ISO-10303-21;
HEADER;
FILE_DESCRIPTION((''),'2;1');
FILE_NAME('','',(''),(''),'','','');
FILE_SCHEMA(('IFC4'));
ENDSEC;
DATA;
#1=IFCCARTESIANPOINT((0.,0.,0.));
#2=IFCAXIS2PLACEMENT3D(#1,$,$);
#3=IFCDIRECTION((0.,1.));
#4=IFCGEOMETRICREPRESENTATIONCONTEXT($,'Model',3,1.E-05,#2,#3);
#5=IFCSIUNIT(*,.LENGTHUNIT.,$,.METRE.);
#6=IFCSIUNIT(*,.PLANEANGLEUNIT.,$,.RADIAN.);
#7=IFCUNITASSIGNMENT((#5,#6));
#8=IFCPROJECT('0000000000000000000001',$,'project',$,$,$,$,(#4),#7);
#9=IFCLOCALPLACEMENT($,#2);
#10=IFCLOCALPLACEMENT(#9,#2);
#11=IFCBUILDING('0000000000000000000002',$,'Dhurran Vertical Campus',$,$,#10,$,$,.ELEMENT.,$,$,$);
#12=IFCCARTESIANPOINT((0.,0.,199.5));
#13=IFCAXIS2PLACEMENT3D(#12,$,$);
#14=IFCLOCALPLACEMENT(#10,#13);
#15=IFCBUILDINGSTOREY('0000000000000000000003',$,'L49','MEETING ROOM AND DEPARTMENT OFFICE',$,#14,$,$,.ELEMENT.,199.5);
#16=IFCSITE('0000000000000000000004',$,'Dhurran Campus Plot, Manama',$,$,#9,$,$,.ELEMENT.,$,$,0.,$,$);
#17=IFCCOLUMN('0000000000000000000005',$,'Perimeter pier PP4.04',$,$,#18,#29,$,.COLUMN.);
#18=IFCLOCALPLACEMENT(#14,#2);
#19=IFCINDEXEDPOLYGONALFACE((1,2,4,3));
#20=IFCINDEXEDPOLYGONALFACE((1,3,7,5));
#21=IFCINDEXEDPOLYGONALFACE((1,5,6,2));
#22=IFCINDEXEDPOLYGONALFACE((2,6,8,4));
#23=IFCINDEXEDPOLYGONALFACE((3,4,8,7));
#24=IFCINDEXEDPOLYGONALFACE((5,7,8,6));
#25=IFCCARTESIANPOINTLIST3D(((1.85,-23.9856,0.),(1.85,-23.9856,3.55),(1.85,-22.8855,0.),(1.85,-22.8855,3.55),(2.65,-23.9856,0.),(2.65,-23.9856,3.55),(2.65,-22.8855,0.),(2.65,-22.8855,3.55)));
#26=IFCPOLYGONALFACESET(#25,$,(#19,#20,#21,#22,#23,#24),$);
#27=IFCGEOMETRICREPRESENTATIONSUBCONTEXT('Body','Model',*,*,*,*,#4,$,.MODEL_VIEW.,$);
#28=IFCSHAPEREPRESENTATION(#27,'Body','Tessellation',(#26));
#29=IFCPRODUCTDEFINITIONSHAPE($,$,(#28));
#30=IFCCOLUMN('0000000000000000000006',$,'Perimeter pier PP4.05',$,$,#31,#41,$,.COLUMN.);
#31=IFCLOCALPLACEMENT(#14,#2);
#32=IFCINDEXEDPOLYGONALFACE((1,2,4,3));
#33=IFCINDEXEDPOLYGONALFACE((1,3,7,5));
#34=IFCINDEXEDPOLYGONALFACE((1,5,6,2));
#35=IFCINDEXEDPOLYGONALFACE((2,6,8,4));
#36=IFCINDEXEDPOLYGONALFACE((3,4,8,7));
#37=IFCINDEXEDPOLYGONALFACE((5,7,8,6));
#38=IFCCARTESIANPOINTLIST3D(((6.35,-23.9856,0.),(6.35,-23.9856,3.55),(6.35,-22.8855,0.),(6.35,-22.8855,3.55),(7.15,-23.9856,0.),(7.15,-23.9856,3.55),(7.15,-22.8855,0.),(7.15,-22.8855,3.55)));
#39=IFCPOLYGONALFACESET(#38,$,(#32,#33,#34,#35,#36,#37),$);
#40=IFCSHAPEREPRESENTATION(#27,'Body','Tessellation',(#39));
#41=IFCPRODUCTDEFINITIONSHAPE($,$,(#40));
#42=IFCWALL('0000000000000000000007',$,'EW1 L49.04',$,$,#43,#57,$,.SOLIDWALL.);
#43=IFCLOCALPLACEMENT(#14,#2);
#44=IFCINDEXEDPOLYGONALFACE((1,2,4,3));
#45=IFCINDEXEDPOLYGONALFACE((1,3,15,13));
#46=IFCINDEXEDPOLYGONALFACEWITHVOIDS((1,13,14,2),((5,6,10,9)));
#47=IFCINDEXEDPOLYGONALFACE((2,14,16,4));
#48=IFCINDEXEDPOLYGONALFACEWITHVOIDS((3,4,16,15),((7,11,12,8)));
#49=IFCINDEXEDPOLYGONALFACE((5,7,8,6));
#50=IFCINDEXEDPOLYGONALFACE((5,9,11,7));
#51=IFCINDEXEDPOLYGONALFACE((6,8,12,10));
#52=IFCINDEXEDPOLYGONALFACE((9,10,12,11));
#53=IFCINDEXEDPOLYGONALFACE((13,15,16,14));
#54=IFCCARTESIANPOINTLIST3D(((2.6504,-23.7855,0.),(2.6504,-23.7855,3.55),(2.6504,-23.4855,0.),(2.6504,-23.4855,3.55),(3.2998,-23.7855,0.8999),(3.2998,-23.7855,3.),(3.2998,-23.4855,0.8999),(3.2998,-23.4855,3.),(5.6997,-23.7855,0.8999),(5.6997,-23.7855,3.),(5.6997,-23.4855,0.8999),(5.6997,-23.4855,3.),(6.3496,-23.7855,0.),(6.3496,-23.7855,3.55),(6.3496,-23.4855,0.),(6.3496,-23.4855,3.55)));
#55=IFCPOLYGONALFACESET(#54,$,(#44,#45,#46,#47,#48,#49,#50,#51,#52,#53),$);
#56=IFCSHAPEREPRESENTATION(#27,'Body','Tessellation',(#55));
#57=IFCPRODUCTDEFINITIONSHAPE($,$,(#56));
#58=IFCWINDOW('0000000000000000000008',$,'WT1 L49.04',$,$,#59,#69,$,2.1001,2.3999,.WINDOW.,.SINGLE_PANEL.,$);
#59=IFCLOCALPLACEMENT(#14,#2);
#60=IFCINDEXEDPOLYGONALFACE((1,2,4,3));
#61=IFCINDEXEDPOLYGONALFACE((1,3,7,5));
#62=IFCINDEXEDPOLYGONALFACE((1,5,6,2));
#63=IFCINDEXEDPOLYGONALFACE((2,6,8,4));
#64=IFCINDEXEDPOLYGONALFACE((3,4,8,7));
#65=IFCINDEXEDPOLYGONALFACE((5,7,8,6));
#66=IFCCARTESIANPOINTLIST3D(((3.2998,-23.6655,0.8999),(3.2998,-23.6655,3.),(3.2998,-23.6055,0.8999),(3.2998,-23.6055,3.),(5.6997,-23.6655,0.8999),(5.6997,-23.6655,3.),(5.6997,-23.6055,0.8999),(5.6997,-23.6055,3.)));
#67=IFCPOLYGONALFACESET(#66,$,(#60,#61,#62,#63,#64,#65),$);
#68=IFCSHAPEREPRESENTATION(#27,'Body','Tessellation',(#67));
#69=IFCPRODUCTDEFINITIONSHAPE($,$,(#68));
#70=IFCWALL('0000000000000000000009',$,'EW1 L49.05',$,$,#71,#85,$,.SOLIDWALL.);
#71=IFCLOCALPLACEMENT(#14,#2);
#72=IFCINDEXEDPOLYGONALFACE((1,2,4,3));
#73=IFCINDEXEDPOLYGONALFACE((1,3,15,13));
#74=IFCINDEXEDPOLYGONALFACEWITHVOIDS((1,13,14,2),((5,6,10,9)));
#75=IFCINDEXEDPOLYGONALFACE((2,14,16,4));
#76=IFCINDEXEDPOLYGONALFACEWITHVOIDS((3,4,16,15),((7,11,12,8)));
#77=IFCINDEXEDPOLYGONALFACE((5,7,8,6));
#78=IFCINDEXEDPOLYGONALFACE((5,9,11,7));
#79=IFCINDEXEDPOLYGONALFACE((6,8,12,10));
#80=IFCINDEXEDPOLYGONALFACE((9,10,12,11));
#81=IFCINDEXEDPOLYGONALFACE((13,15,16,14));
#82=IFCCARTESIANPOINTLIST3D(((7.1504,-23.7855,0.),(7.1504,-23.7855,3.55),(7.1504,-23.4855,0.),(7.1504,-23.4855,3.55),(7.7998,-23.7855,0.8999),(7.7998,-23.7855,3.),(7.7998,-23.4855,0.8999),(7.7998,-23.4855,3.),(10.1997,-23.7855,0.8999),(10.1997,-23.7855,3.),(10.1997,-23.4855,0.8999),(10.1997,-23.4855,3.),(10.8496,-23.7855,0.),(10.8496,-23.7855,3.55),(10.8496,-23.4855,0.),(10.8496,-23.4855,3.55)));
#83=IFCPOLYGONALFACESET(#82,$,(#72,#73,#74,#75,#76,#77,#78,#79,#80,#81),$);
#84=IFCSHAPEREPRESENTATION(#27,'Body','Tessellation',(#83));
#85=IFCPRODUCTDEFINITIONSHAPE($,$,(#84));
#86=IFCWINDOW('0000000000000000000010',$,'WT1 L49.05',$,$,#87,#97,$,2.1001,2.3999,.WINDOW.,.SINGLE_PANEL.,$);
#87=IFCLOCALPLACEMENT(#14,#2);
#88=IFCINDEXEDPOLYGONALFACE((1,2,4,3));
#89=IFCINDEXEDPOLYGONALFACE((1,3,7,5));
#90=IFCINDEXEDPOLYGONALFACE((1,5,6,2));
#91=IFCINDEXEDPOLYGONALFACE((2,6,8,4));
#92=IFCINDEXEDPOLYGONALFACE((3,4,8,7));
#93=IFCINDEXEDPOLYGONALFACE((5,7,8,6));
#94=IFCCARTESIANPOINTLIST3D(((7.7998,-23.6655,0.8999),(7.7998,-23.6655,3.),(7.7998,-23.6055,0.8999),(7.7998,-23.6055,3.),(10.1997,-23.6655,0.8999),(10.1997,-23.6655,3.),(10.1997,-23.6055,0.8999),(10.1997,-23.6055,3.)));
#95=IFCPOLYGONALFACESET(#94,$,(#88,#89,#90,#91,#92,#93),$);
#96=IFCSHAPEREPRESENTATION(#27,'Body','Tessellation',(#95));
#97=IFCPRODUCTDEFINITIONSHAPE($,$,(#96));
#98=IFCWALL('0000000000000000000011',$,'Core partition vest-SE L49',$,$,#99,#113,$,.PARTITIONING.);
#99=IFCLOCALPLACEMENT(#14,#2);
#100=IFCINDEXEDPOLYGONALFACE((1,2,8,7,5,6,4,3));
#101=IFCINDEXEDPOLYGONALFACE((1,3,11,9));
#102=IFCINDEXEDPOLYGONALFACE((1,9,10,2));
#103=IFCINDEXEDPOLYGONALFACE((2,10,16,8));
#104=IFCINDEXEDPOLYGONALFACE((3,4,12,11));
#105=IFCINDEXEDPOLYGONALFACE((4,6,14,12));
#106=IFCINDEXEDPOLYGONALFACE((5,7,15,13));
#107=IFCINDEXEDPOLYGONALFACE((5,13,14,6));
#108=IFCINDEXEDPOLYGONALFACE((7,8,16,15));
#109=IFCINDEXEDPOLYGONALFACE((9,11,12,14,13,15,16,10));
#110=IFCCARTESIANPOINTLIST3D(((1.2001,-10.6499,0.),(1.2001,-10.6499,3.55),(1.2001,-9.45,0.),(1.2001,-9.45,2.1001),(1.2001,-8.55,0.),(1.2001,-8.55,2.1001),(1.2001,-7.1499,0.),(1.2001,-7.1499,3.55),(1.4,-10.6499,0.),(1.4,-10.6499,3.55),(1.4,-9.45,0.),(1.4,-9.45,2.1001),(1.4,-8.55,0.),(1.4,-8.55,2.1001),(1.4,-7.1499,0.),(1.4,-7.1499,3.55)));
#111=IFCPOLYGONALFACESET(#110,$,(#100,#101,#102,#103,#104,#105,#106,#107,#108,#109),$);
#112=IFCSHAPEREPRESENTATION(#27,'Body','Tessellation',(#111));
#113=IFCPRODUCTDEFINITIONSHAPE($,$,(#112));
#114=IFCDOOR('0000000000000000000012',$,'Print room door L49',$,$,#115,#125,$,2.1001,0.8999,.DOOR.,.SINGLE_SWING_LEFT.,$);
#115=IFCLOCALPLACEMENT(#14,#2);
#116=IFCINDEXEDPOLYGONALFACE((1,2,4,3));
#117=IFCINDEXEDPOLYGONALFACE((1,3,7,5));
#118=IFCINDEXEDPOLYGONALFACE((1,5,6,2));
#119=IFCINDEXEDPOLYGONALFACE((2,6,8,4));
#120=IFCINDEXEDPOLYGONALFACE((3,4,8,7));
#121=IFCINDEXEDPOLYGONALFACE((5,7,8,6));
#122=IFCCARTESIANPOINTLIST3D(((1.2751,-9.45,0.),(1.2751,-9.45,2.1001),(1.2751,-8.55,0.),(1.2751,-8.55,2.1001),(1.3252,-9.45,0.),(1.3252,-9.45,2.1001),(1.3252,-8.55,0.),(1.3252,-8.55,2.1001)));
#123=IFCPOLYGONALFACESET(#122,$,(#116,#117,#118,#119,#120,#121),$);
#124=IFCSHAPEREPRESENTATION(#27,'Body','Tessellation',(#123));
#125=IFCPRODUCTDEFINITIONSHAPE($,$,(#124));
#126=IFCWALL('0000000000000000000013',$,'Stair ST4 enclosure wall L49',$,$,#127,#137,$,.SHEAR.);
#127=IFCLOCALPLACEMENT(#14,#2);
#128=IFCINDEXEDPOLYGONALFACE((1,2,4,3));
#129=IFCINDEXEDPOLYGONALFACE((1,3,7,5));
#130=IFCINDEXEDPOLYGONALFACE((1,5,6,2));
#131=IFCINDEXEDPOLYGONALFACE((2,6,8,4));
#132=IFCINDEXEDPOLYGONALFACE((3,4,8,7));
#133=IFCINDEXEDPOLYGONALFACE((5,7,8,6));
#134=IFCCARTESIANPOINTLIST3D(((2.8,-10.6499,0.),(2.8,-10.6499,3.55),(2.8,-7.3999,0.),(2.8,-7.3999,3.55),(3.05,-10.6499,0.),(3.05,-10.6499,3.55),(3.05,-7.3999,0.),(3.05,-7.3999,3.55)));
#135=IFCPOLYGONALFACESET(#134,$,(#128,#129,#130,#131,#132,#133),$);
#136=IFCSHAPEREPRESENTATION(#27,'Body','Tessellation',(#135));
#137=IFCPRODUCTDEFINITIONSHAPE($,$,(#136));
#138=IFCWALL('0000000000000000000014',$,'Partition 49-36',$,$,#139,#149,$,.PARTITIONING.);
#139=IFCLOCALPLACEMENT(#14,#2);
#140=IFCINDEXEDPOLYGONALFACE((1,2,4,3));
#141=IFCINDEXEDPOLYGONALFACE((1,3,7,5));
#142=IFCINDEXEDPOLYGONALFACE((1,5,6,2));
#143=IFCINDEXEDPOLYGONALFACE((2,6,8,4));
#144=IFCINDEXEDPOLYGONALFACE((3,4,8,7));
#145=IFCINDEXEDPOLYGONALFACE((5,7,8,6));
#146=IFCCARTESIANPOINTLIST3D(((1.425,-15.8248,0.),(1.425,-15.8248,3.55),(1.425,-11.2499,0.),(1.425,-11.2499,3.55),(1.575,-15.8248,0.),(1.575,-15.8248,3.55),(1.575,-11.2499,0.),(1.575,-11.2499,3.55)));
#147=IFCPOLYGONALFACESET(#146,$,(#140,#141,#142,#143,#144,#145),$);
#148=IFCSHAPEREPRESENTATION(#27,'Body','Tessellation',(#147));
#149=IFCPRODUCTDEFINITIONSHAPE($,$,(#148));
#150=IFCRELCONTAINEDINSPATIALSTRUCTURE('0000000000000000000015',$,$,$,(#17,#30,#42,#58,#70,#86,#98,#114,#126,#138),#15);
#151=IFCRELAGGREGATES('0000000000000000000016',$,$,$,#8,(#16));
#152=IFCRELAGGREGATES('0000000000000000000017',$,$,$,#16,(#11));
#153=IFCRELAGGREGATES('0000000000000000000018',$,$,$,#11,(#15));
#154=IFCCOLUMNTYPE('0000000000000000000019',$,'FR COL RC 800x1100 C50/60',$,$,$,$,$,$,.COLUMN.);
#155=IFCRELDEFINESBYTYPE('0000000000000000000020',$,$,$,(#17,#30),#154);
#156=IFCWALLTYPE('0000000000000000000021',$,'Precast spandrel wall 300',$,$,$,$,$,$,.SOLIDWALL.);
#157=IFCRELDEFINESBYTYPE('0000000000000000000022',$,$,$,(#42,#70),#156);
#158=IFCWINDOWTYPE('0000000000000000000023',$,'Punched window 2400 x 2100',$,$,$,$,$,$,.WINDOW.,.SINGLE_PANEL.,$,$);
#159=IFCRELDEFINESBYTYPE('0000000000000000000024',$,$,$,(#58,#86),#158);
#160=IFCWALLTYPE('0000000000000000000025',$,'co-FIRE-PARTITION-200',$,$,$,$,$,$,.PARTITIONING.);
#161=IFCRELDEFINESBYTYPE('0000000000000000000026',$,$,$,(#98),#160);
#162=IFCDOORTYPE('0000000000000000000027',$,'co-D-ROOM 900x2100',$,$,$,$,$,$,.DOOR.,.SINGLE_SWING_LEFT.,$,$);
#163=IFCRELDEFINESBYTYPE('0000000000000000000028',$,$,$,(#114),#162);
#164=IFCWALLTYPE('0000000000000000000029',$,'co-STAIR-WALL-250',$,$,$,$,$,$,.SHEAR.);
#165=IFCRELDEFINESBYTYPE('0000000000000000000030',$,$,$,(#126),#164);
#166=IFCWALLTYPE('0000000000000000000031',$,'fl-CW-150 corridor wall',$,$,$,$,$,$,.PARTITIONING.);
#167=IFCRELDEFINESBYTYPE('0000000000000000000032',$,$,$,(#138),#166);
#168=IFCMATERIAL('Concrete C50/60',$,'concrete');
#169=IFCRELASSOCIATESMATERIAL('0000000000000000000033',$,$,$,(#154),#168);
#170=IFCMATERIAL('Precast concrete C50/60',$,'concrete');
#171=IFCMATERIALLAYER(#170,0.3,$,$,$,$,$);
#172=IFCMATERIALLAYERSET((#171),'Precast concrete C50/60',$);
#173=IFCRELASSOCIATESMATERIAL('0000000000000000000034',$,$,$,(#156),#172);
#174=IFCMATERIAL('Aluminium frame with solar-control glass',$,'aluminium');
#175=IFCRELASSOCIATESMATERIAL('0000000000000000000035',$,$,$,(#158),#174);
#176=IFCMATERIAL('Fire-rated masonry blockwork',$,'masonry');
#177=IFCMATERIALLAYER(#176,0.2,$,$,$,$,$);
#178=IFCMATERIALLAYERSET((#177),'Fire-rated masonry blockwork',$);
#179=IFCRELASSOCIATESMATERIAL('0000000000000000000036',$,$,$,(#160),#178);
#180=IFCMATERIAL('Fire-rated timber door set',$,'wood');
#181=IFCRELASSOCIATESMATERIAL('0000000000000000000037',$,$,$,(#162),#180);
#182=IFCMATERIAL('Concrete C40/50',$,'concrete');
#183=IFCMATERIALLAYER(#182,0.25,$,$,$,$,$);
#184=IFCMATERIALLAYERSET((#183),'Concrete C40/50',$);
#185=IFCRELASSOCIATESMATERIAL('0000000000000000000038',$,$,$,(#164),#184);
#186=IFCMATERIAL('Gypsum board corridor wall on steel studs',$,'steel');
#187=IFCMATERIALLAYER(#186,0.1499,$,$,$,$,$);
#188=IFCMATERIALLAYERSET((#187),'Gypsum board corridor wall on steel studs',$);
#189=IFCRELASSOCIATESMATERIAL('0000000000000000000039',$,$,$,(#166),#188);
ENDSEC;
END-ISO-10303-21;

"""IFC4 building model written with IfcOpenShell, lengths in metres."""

from ifc_helpers import new_model, si_unit, direction, frame, frame_2d, origin, origin_2d, place, context, subcontext, project, spatial, rectangle, extrude, material, layer, layer_set, material_profile, profile_set, type_object, element, fill, save


model = new_model("IFC4")

# Units and contexts
model_context = context("Model", 3, precision=1e-05, world=origin(), true_north=direction((0.0, 1.0)))
body_context = subcontext(model_context, "Body", "Model", "MODEL_VIEW")
ifc_project = project(units=[si_unit("LENGTHUNIT", "METRE"), si_unit("PLANEANGLEUNIT", "RADIAN")], contexts=[model_context])

# Site, building, storey
site_placement = place(None, origin())
site = spatial("IfcSite", under=ifc_project, at=site_placement, Name="Dhurran Campus Plot, Manama", CompositionType="ELEMENT", RefElevation=0.0)
building_placement = place(site_placement, origin())
building = spatial("IfcBuilding", under=site, at=building_placement, Name="Dhurran Vertical Campus", CompositionType="ELEMENT")
storey_placement = place(building_placement, frame((0.0, 0.0, 199.5)))
storey = spatial("IfcBuildingStorey", under=building, at=storey_placement, Name="L49", Description="MEETING ROOM AND DEPARTMENT OFFICE", CompositionType="ELEMENT", Elevation=199.5)

# Columns
ifc_material_1 = material(Name="Concrete C50/60", Category="concrete")
ifc_material_profile = material_profile(ifc_material_1, rectangle(XDim=0.8, YDim=1.1001, at=origin_2d()), Name="RC 800x1100")
ifc_profile_set = profile_set([ifc_material_profile], Name="Concrete C50/60")
column_type = type_object("IfcColumnType", Name="FR COL RC 800x1100 C50/60", PredefinedType="COLUMN", material=ifc_profile_set)
for number, where, z_axis, x_axis, name in (
    (1, (2.25, -23.4355, 0.0), (0.0, 0.0, 1.0), (1.0, 0.0, 0.0), "Perimeter pier PP4.04"),
    (2, (6.75, -23.4355, 0.0), (0.0, 0.0, 1.0), (1.0, 0.0, 0.0), "Perimeter pier PP4.05"),
):
    element("IfcColumn", number, at=place(storey_placement, frame(where, z_axis=z_axis, x_axis=x_axis)), inside=storey, type_object=column_type, Name=name, PredefinedType="COLUMN", context=body_context, shape_type="SweptSolid", body=[
        extrude(rectangle(XDim=0.8, YDim=1.1001, at=origin_2d()), origin(), (0.0, 0.0, 1.0), 3.55),
    ])

# Walls, openings, windows
ifc_material_2 = material(Name="Precast concrete C50/60", Category="concrete")
ifc_layer_1 = layer(ifc_material_2, 0.3)
ifc_layer_set_1 = layer_set([ifc_layer_1], Name="Precast concrete C50/60")
wall_type_1 = type_object("IfcWallType", Name="Precast spandrel wall 300", PredefinedType="SOLIDWALL", material=ifc_layer_set_1)
wall_1_placement = place(storey_placement, frame((2.6504, -23.6355, 0.0), z_axis=(0.0, 0.0, 1.0), x_axis=(1.0, 0.0, 0.0)))
wall_1 = element("IfcWall", 3, at=wall_1_placement, inside=storey, type_object=wall_type_1, Name="EW1 L49.04", PredefinedType="SOLIDWALL", context=body_context, shape_type="SweptSolid", body=[
    extrude(rectangle(XDim=3.6992, YDim=0.3, at=frame_2d((1.8496, 0.0))), origin(), (0.0, 0.0, 1.0), 3.55),
])
opening_1_placement = place(wall_1_placement, frame((0.6494, 0.0, 0.8999)))
opening_1 = element("IfcOpeningElement", 4, at=opening_1_placement, cuts=wall_1, PredefinedType="OPENING", context=body_context, shape_type="SweptSolid", body=[
    extrude(rectangle(XDim=2.3999, YDim=2.1001, at=frame_2d((1.2, 1.05))), frame((0.0, 0.1599, 0.0), z_axis=(0.0, -1.0, 0.0), x_axis=(1.0, 0.0, 0.0)), (0.0, 0.0, 1.0), 0.3201),
])
ifc_material_3 = material(Name="Aluminium frame with solar-control glass", Category="aluminium")
window_type = type_object("IfcWindowType", Name="Punched window 2400 x 2100", PartitioningType="SINGLE_PANEL", PredefinedType="WINDOW", material=ifc_material_3)
window_1_placement = place(opening_1_placement, origin())
window_1 = element("IfcWindow", 5, at=window_1_placement, inside=storey, type_object=window_type, Name="WT1 L49.04", OverallHeight=2.1001, OverallWidth=2.3999, PartitioningType="SINGLE_PANEL", PredefinedType="WINDOW", context=body_context, shape_type="SweptSolid", body=[
    extrude(rectangle(XDim=2.3999, YDim=2.1001, at=frame_2d((1.2, 1.05))), frame((0.0, 0.03, 0.0), z_axis=(0.0, -1.0, 0.0), x_axis=(1.0, 0.0, 0.0)), (0.0, 0.0, 1.0), 0.0601),
])
fill(opening_1, window_1)
wall_2_placement = place(storey_placement, frame((7.1504, -23.6355, 0.0), z_axis=(0.0, 0.0, 1.0), x_axis=(1.0, 0.0, 0.0)))
wall_2 = element("IfcWall", 6, at=wall_2_placement, inside=storey, type_object=wall_type_1, Name="EW1 L49.05", PredefinedType="SOLIDWALL", context=body_context, shape_type="SweptSolid", body=[
    extrude(rectangle(XDim=3.6992, YDim=0.3, at=frame_2d((1.8496, 0.0))), origin(), (0.0, 0.0, 1.0), 3.55),
])
opening_2_placement = place(wall_2_placement, frame((0.6494, 0.0, 0.8999)))
opening_2 = element("IfcOpeningElement", 7, at=opening_2_placement, cuts=wall_2, PredefinedType="OPENING", context=body_context, shape_type="SweptSolid", body=[
    extrude(rectangle(XDim=2.3999, YDim=2.1001, at=frame_2d((1.2, 1.05))), frame((0.0, 0.1599, 0.0), z_axis=(0.0, -1.0, 0.0), x_axis=(1.0, 0.0, 0.0)), (0.0, 0.0, 1.0), 0.3201),
])
window_2_placement = place(opening_2_placement, origin())
window_2 = element("IfcWindow", 8, at=window_2_placement, inside=storey, type_object=window_type, Name="WT1 L49.05", OverallHeight=2.1001, OverallWidth=2.3999, PartitioningType="SINGLE_PANEL", PredefinedType="WINDOW", context=body_context, shape_type="SweptSolid", body=[
    extrude(rectangle(XDim=2.3999, YDim=2.1001, at=frame_2d((1.2, 1.05))), frame((0.0, 0.03, 0.0), z_axis=(0.0, -1.0, 0.0), x_axis=(1.0, 0.0, 0.0)), (0.0, 0.0, 1.0), 0.0601),
])
fill(opening_2, window_2)

# Wall, opening, door
ifc_material_4 = material(Name="Fire-rated masonry blockwork", Category="masonry")
ifc_layer_2 = layer(ifc_material_4, 0.2)
ifc_layer_set_2 = layer_set([ifc_layer_2], Name="Fire-rated masonry blockwork")
wall_type_2 = type_object("IfcWallType", Name="co-FIRE-PARTITION-200", PredefinedType="PARTITIONING", material=ifc_layer_set_2)
wall_3_placement = place(storey_placement, frame((1.3, -10.6499, 0.0), z_axis=(0.0, 0.0, 1.0), x_axis=(0.0, 1.0, 0.0)))
wall_3 = element("IfcWall", 9, at=wall_3_placement, inside=storey, type_object=wall_type_2, Name="Core partition vest-SE L49", PredefinedType="PARTITIONING", context=body_context, shape_type="SweptSolid", body=[
    extrude(rectangle(XDim=3.5, YDim=0.2, at=frame_2d((1.75, 0.0))), origin(), (0.0, 0.0, 1.0), 3.55),
])
opening_3_placement = place(wall_3_placement, frame((1.2, 0.0, 0.0)))
opening_3 = element("IfcOpeningElement", 10, at=opening_3_placement, cuts=wall_3, PredefinedType="OPENING", context=body_context, shape_type="SweptSolid", body=[
    extrude(rectangle(XDim=0.8999, YDim=2.1001, at=frame_2d((0.45, 1.05))), frame((0.0, 0.1099, 0.0), z_axis=(0.0, -1.0, 0.0), x_axis=(1.0, 0.0, 0.0)), (0.0, 0.0, 1.0), 0.22),
])
ifc_material_5 = material(Name="Fire-rated timber door set", Category="wood")
door_type_1 = type_object("IfcDoorType", Name="co-D-ROOM 900x2100", OperationType="SINGLE_SWING_LEFT", PredefinedType="DOOR", material=ifc_material_5)
door_1_placement = place(opening_3_placement, origin())
door_1 = element("IfcDoor", 11, at=door_1_placement, inside=storey, type_object=door_type_1, Name="Print room door L49", OperationType="SINGLE_SWING_LEFT", OverallHeight=2.1001, OverallWidth=0.8999, PredefinedType="DOOR", context=body_context, shape_type="SweptSolid", body=[
    extrude(rectangle(XDim=0.8999, YDim=2.1001, at=frame_2d((0.45, 1.05))), frame((0.0, 0.0249, 0.0), z_axis=(0.0, -1.0, 0.0), x_axis=(1.0, 0.0, 0.0)), (0.0, 0.0, 1.0), 0.05),
])
fill(opening_3, door_1)

# Walls
ifc_material_6 = material(Name="Concrete C40/50", Category="concrete")
ifc_layer_3 = layer(ifc_material_6, 0.25)
ifc_layer_set_3 = layer_set([ifc_layer_3], Name="Concrete C40/50")
wall_type_3 = type_object("IfcWallType", Name="co-STAIR-WALL-250", PredefinedType="SHEAR", material=ifc_layer_set_3)
wall_4_placement = place(storey_placement, frame((2.925, -10.6499, 0.0), z_axis=(0.0, 0.0, 1.0), x_axis=(0.0, 1.0, 0.0)))
element("IfcWall", 12, at=wall_4_placement, inside=storey, type_object=wall_type_3, Name="Stair ST4 enclosure wall L49", PredefinedType="SHEAR", context=body_context, shape_type="SweptSolid", body=[
    extrude(rectangle(XDim=3.25, YDim=0.25, at=frame_2d((1.625, 0.0))), origin(), (0.0, 0.0, 1.0), 3.55),
])
ifc_material_7 = material(Name="Gypsum board corridor wall on steel studs", Category="steel")
ifc_layer_4 = layer(ifc_material_7, 0.1499)
ifc_layer_set_4 = layer_set([ifc_layer_4], Name="Gypsum board corridor wall on steel studs")
wall_type_4 = type_object("IfcWallType", Name="fl-CW-150 corridor wall", PredefinedType="PARTITIONING", material=ifc_layer_set_4)
wall_5_placement = place(storey_placement, frame((1.5, -15.825, 0.0), z_axis=(0.0, 0.0, 1.0), x_axis=(0.0, 1.0, 0.0)))
element("IfcWall", 13, at=wall_5_placement, inside=storey, type_object=wall_type_4, Name="Partition 49-36", PredefinedType="PARTITIONING", context=body_context, shape_type="SweptSolid", body=[
    extrude(rectangle(XDim=4.575, YDim=0.1499, at=frame_2d((2.2876, 0.0))), origin(), (0.0, 0.0, 1.0), 3.55),
])

save(model, "model.ifc")
